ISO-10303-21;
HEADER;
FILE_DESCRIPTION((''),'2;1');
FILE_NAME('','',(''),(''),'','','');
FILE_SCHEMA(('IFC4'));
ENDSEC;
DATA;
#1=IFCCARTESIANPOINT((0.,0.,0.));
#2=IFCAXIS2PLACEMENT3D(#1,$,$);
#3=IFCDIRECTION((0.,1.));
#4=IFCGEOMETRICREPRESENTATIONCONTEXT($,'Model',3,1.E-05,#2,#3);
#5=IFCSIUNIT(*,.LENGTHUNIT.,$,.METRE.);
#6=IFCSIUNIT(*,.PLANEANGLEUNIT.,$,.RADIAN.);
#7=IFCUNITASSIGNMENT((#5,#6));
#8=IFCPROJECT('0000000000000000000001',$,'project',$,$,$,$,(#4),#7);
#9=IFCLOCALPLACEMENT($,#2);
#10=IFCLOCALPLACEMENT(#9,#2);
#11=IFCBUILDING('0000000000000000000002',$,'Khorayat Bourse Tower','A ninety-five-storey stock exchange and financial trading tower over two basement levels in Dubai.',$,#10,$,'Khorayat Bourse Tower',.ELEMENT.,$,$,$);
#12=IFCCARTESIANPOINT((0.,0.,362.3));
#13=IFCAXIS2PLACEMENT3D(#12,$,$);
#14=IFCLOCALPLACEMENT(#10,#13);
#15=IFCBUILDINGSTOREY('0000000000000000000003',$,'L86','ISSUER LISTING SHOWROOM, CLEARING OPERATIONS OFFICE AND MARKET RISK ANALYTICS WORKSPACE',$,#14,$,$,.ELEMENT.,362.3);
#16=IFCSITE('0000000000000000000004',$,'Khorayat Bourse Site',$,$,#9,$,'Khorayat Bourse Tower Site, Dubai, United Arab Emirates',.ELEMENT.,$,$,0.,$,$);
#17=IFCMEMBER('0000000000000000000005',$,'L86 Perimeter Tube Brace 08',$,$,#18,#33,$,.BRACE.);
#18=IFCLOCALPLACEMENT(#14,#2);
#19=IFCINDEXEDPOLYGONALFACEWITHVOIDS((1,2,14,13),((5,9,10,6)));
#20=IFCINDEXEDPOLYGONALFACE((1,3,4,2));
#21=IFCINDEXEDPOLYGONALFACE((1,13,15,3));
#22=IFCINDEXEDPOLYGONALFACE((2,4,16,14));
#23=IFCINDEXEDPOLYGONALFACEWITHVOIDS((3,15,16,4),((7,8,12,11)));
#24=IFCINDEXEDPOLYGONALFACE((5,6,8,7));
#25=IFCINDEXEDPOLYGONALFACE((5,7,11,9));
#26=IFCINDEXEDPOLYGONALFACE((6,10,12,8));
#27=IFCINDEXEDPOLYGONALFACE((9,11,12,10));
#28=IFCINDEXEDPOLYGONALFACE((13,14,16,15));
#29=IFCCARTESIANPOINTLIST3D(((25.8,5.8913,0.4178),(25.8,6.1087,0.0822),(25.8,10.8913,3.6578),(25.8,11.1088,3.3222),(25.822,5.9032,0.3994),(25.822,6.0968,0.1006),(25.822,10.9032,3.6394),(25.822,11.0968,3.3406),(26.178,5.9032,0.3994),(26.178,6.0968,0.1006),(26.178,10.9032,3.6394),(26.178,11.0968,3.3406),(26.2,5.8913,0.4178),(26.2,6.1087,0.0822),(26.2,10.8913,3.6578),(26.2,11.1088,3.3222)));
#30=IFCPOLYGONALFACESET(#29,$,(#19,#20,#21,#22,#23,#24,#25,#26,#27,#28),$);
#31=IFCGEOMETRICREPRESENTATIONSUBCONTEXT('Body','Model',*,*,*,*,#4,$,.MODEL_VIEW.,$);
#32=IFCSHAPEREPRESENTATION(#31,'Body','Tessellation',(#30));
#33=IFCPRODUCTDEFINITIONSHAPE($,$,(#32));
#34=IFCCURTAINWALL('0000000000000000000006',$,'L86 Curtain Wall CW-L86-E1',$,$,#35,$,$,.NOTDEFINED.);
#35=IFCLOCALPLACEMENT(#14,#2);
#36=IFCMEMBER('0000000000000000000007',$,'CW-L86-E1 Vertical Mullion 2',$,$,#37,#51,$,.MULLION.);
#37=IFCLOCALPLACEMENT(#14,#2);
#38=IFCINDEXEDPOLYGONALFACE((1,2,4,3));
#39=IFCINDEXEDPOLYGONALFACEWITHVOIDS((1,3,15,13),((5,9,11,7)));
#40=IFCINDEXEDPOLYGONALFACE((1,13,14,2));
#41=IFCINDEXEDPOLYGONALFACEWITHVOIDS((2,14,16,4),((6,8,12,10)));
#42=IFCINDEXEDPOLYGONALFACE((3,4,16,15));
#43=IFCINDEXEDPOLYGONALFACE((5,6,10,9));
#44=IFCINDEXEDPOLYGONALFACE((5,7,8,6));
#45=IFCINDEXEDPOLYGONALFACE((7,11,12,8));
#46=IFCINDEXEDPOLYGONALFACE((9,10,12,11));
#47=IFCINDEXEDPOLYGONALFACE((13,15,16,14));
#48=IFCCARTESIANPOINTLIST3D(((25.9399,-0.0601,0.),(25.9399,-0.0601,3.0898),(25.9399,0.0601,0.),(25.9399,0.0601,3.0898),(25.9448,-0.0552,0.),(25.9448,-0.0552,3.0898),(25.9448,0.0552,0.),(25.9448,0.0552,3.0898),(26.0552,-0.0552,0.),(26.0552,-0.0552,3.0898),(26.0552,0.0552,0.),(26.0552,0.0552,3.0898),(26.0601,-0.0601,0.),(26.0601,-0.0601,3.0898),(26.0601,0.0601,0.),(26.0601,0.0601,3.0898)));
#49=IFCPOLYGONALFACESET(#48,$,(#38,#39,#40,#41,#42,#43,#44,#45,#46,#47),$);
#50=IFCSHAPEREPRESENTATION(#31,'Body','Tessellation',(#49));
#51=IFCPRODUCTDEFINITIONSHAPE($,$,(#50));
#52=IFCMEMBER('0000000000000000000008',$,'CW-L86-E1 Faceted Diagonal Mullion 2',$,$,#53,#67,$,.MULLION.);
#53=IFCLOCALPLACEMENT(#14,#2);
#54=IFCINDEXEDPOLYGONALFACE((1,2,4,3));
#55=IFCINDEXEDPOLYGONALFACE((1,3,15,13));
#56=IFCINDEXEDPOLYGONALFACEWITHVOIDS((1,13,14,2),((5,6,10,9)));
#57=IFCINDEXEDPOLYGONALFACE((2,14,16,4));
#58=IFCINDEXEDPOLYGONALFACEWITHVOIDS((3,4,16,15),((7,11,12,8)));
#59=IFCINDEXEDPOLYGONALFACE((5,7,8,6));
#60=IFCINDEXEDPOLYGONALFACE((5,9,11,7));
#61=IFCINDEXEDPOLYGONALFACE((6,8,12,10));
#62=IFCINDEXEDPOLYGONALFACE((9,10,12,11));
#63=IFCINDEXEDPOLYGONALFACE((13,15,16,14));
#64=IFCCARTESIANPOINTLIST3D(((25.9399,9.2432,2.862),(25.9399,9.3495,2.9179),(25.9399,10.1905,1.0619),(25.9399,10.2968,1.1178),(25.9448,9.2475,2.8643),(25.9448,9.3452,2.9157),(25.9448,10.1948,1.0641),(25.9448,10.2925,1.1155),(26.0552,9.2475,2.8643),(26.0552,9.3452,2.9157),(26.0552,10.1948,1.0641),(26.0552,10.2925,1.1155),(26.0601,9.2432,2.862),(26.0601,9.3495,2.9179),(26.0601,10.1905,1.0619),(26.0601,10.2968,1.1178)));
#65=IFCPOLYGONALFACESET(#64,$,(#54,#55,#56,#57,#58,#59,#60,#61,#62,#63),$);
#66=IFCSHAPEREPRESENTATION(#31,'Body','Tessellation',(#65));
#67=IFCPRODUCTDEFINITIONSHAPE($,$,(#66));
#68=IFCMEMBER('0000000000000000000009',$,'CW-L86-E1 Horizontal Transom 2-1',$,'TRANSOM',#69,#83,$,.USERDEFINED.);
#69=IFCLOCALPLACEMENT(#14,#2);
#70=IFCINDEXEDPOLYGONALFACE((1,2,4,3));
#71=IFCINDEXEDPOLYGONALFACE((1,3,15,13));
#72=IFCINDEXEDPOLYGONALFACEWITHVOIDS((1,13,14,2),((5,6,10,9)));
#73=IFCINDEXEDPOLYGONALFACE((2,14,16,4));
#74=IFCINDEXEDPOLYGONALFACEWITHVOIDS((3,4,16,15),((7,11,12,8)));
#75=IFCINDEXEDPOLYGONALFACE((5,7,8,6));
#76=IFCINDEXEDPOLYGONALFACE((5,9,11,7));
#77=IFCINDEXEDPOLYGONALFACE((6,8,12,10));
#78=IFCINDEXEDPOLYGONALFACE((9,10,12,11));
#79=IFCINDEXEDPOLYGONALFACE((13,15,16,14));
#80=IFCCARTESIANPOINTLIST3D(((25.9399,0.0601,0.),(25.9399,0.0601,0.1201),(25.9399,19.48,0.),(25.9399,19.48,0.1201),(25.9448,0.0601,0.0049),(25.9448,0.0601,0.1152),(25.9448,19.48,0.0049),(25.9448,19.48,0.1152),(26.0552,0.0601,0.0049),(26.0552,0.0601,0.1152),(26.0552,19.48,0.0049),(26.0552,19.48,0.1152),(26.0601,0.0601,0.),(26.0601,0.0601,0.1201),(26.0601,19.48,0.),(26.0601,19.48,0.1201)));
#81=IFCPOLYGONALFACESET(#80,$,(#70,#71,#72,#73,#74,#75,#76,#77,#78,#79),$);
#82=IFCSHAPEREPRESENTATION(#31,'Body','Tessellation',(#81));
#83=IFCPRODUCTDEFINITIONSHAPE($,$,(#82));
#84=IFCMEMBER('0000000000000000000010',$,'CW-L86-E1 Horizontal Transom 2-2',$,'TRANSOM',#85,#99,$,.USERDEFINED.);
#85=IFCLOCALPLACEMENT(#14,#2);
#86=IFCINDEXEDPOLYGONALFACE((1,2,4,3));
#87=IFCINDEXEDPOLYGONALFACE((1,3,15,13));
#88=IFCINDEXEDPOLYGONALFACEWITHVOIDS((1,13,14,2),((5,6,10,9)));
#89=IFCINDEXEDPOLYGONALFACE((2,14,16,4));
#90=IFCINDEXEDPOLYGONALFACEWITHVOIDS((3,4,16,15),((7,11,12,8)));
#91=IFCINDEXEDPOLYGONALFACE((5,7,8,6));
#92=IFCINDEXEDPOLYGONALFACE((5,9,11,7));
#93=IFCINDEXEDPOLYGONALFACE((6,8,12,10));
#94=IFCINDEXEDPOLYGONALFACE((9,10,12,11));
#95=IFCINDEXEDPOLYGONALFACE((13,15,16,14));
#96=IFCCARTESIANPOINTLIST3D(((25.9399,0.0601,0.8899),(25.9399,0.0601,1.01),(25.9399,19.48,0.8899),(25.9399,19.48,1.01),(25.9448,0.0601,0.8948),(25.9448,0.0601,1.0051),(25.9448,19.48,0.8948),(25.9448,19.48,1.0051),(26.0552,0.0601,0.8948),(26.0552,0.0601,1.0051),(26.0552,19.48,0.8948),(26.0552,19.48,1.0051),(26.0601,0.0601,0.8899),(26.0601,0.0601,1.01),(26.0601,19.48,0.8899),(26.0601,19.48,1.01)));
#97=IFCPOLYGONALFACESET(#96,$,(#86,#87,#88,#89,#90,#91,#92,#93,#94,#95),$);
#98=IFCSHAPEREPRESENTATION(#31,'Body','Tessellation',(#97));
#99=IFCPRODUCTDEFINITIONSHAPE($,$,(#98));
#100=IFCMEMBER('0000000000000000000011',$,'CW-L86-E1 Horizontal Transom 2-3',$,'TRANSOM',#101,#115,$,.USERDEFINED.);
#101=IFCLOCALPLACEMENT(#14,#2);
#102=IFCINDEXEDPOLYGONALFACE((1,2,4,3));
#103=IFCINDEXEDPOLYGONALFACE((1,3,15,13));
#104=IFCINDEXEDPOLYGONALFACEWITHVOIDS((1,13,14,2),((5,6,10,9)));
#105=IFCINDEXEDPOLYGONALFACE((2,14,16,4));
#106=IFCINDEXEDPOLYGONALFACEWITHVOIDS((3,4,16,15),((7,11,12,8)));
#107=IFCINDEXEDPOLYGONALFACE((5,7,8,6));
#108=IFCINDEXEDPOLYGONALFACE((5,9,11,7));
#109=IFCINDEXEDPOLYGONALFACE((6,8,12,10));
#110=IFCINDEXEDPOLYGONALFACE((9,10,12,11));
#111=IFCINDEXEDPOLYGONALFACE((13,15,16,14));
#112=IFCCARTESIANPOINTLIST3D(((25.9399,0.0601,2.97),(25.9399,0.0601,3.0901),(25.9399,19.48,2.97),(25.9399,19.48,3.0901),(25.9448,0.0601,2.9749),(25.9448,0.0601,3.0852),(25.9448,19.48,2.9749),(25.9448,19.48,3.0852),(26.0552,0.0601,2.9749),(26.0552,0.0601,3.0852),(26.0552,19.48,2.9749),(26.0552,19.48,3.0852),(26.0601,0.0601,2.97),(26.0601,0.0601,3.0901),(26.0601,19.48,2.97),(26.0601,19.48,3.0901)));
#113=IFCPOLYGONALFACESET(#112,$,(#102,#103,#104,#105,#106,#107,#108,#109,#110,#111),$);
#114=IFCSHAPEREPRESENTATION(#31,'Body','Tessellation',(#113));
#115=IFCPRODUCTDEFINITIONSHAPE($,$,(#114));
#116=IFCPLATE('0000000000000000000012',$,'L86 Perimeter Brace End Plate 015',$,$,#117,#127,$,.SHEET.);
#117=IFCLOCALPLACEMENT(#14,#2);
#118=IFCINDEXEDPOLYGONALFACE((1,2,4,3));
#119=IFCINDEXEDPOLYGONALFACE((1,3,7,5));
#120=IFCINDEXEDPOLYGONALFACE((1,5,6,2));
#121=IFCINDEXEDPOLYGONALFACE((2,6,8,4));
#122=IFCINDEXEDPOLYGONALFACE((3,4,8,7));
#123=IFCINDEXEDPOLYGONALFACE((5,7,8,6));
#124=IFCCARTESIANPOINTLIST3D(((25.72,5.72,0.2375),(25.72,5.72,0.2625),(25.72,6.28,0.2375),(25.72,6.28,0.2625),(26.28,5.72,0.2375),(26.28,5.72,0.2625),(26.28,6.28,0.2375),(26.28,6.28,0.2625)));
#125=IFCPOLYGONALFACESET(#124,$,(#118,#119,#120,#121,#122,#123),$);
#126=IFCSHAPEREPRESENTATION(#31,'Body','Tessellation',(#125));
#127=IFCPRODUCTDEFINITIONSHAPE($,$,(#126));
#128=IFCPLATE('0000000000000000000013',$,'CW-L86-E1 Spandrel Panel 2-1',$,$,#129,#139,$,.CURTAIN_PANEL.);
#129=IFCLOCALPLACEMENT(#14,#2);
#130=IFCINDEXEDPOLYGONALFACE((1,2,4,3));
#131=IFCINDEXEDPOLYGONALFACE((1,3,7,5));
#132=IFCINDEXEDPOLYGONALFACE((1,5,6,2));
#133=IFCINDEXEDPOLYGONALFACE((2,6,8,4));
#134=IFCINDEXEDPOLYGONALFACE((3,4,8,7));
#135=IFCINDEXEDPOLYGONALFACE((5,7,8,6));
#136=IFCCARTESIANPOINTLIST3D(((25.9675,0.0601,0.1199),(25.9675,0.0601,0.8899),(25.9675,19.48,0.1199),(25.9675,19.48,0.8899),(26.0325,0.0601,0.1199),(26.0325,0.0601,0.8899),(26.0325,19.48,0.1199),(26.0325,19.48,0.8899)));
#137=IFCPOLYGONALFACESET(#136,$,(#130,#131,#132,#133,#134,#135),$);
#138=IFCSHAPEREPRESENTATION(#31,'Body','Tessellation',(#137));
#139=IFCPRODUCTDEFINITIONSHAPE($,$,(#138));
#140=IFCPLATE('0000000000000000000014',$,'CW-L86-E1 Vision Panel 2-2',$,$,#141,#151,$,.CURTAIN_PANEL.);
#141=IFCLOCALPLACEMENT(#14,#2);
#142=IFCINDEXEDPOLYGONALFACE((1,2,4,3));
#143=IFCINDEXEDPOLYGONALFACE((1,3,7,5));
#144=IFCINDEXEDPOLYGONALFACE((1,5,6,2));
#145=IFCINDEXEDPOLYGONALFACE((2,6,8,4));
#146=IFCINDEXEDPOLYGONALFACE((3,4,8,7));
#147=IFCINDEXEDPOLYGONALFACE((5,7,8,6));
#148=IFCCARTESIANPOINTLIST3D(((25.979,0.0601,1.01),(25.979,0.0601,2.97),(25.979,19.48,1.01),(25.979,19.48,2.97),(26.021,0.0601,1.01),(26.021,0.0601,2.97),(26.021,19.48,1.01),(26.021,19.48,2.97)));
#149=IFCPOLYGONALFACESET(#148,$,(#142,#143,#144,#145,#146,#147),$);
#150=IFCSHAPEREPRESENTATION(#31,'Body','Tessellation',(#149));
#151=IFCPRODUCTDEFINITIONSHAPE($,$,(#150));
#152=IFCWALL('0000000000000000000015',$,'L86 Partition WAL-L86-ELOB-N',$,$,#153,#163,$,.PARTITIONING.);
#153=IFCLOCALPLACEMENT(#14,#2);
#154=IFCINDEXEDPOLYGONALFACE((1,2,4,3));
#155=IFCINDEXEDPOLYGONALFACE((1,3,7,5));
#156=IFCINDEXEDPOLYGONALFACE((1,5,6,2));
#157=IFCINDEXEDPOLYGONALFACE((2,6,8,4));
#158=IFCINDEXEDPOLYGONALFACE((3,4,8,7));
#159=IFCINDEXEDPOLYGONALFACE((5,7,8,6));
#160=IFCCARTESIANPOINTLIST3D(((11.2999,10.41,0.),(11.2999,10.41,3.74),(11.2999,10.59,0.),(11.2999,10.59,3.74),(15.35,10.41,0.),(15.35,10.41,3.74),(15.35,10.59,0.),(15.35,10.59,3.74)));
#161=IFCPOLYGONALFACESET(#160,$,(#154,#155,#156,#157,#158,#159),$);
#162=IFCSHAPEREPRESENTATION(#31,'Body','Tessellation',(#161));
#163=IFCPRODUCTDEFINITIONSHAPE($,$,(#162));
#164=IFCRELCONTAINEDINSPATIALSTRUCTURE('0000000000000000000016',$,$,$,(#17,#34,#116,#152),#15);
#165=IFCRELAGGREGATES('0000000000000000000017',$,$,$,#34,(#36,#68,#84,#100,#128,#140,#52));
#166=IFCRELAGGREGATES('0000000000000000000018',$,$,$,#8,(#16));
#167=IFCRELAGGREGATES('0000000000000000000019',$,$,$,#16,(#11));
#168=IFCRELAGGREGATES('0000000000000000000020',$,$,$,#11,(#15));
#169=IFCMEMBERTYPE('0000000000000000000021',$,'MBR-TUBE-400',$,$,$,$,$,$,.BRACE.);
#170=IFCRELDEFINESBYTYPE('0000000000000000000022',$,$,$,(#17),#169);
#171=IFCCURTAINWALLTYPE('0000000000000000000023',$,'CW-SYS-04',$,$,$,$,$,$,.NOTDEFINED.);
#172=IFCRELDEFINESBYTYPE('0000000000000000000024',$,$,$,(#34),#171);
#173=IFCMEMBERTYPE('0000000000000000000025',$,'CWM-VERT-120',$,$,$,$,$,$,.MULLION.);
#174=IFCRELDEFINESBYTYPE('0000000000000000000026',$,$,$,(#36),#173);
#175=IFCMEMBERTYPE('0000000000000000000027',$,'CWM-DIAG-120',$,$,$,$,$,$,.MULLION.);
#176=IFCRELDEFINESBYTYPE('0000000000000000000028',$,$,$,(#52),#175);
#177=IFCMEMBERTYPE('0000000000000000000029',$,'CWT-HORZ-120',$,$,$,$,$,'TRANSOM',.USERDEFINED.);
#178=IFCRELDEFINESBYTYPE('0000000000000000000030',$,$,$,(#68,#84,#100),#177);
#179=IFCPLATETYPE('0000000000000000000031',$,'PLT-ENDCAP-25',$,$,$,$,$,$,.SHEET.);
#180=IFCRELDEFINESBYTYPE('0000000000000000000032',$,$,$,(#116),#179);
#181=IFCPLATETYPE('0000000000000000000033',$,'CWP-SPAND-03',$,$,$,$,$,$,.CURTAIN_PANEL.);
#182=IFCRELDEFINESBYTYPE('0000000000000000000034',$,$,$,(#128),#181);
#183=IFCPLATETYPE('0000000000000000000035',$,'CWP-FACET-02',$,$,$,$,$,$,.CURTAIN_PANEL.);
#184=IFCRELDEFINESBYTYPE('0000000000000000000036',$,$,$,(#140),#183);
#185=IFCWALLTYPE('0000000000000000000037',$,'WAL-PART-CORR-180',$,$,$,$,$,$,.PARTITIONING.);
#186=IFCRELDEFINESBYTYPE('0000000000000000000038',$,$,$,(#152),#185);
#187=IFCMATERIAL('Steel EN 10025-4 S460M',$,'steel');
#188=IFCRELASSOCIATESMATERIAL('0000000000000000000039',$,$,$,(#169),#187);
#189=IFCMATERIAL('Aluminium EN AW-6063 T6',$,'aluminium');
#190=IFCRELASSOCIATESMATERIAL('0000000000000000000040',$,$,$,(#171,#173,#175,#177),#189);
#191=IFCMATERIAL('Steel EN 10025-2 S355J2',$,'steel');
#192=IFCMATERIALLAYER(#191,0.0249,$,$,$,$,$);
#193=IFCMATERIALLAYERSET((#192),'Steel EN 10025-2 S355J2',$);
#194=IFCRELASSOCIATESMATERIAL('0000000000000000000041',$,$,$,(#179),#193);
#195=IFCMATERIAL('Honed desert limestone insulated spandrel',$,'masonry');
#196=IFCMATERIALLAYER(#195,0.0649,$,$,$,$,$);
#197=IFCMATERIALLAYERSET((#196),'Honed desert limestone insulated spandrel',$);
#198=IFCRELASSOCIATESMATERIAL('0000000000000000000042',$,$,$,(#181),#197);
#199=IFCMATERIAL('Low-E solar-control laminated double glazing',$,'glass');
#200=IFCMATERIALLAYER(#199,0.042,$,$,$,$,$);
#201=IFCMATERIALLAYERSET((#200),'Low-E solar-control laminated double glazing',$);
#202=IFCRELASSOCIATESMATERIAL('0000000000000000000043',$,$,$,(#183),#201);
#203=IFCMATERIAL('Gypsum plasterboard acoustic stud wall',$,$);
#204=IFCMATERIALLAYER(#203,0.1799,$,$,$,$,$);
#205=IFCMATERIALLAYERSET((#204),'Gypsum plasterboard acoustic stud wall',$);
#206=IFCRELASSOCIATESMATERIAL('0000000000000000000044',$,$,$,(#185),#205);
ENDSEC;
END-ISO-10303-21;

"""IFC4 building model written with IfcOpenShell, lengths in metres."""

from ifc_helpers import new_model, si_unit, direction, frame, frame_2d, origin, origin_2d, place, context, subcontext, project, spatial, rectangle, hollow_rectangle, extrude, source, transform, mapped, material, layer, layer_set, material_profile, profile_set, type_object, element, aggregate, save


model = new_model("IFC4")

# Units and contexts
model_context = context("Model", 3, precision=1e-05, world=origin(), true_north=direction((0.0, 1.0)))
body_context = subcontext(model_context, "Body", "Model", "MODEL_VIEW")
ifc_project = project(units=[si_unit("LENGTHUNIT", "METRE"), si_unit("PLANEANGLEUNIT", "RADIAN")], contexts=[model_context])

# Site, building, storey
site_placement = place(None, origin())
site = spatial("IfcSite", under=ifc_project, at=site_placement, Name="Khorayat Bourse Site", LongName="Khorayat Bourse Tower Site, Dubai, United Arab Emirates", CompositionType="ELEMENT", RefElevation=0.0)
building_placement = place(site_placement, origin())
building = spatial("IfcBuilding", under=site, at=building_placement, Name="Khorayat Bourse Tower", Description="A ninety-five-storey stock exchange and financial trading tower over two basement levels in Dubai.", LongName="Khorayat Bourse Tower", CompositionType="ELEMENT")
storey_placement = place(building_placement, frame((0.0, 0.0, 362.3)))
storey = spatial("IfcBuildingStorey", under=building, at=storey_placement, Name="L86", Description="ISSUER LISTING SHOWROOM, CLEARING OPERATIONS OFFICE AND MARKET RISK ANALYTICS WORKSPACE", CompositionType="ELEMENT", Elevation=362.3)

# Shared definitions
ifc_material_1 = material(Name="Steel EN 10025-2 S355J2", Category="steel")

# Member
ifc_material_2 = material(Name="Steel EN 10025-4 S460M", Category="steel")
ifc_material_profile_1 = material_profile(ifc_material_2, hollow_rectangle(XDim=0.3999, YDim=0.3999, WallThickness=0.022, at=origin_2d()), Name="HSS 400x400x22")
ifc_profile_set_1 = profile_set([ifc_material_profile_1], Name="Steel EN 10025-4 S460M")
member_type_1 = type_object("IfcMemberType", Name="MBR-TUBE-400", PredefinedType="BRACE", material=ifc_profile_set_1)
shared_shape_1 = source(origin(), body_context, "Body", "SweptSolid", [
    extrude(hollow_rectangle(XDim=0.3999, YDim=0.3999, WallThickness=0.022, at=origin_2d()), origin(), (0.0, 0.0, 1.0), 5.958),
])
member_1_placement = place(storey_placement, frame((26.0, 6.0, 0.25), z_axis=(0.0, 0.83921, 0.543807), x_axis=(-1.0, 0.0, 0.0)))
element("IfcMember", 1, at=member_1_placement, inside=storey, type_object=member_type_1, Name="L86 Perimeter Tube Brace 08", PredefinedType="BRACE", context=body_context, shape_type="MappedRepresentation", body=[
    mapped(shared_shape_1, transform((0.0, 0.0, 0.0), scale=1.0)),
])

# Curtain wall, members
ifc_material_3 = material(Name="Aluminium EN AW-6063 T6", Category="aluminium")
curtain_wall_type = type_object("IfcCurtainWallType", Name="CW-SYS-04", PredefinedType="NOTDEFINED", material=ifc_material_3)
curtain_wall_placement = place(storey_placement, origin())
curtain_wall = element("IfcCurtainWall", 2, at=curtain_wall_placement, inside=storey, type_object=curtain_wall_type, Name="L86 Curtain Wall CW-L86-E1", PredefinedType="NOTDEFINED")
ifc_material_profile_2 = material_profile(ifc_material_3, hollow_rectangle(XDim=0.1201, YDim=0.1201, WallThickness=0.0049, at=origin_2d()), Name="ALU 120x120x5")
ifc_profile_set_2 = profile_set([ifc_material_profile_2], Name="Aluminium EN AW-6063 T6")
member_type_2 = type_object("IfcMemberType", Name="CWM-VERT-120", PredefinedType="MULLION", material=ifc_profile_set_2)
shared_shape_2 = source(origin(), body_context, "Body", "SweptSolid", [
    extrude(hollow_rectangle(XDim=0.1201, YDim=0.1201, WallThickness=0.0049, at=origin_2d()), origin(), (0.0, 0.0, 1.0), 3.0898),
])
member_2_placement = place(storey_placement, frame((26.0, 0.0, 0.0), z_axis=(0.0, 0.0, 1.0), x_axis=(-1.0, 0.0, 0.0)))
member_2 = element("IfcMember", 3, at=member_2_placement, type_object=member_type_2, Name="CW-L86-E1 Vertical Mullion 2", PredefinedType="MULLION", context=body_context, shape_type="MappedRepresentation", body=[
    mapped(shared_shape_2, transform((0.0, 0.0, 0.0), scale=1.0)),
])
ifc_material_profile_3 = material_profile(ifc_material_3, hollow_rectangle(XDim=0.1201, YDim=0.1201, WallThickness=0.0049, at=origin_2d()), Name="ALU 120x120x5")
ifc_profile_set_3 = profile_set([ifc_material_profile_3], Name="Aluminium EN AW-6063 T6")
member_type_3 = type_object("IfcMemberType", Name="CWM-DIAG-120", PredefinedType="MULLION", material=ifc_profile_set_3)
shared_shape_3 = source(origin(), body_context, "Body", "SweptSolid", [
    extrude(hollow_rectangle(XDim=0.1201, YDim=0.1201, WallThickness=0.0049, at=origin_2d()), origin(), (0.0, 0.0, 1.0), 2.0342),
])
member_3_placement = place(storey_placement, frame((26.0, 10.2437, 1.0898), z_axis=(0.0, -0.465697, 0.884944), x_axis=(1.0, 0.0, 0.0)))
member_3 = element("IfcMember", 4, at=member_3_placement, type_object=member_type_3, Name="CW-L86-E1 Faceted Diagonal Mullion 2", PredefinedType="MULLION", context=body_context, shape_type="MappedRepresentation", body=[
    mapped(shared_shape_3, transform((0.0, 0.0, 0.0), scale=1.0)),
])
ifc_material_profile_4 = material_profile(ifc_material_3, hollow_rectangle(XDim=0.1201, YDim=0.1201, WallThickness=0.0049, at=origin_2d()), Name="ALU 120x120x5")
ifc_profile_set_4 = profile_set([ifc_material_profile_4], Name="Aluminium EN AW-6063 T6")
member_type_4 = type_object("IfcMemberType", Name="CWT-HORZ-120", ElementType="TRANSOM", PredefinedType="USERDEFINED", material=ifc_profile_set_4)
shared_shape_4 = source(origin(), body_context, "Body", "SweptSolid", [
    extrude(hollow_rectangle(XDim=0.1201, YDim=0.1201, WallThickness=0.0049, at=origin_2d()), origin(), (0.0, 0.0, 1.0), 19.4199),
])
member_4_placement = place(storey_placement, frame((26.0, 0.0601, 0.0601), z_axis=(0.0, 1.0, 0.0), x_axis=(-1.0, 0.0, 0.0)))
member_4 = element("IfcMember", 5, at=member_4_placement, type_object=member_type_4, Name="CW-L86-E1 Horizontal Transom 2-1", ObjectType="TRANSOM", PredefinedType="USERDEFINED", context=body_context, shape_type="MappedRepresentation", body=[
    mapped(shared_shape_4, transform((0.0, 0.0, 0.0), scale=1.0)),
])
member_5_placement = place(storey_placement, frame((26.0, 0.0601, 0.95), z_axis=(0.0, 1.0, 0.0), x_axis=(-1.0, 0.0, 0.0)))
member_5 = element("IfcMember", 6, at=member_5_placement, type_object=member_type_4, Name="CW-L86-E1 Horizontal Transom 2-2", ObjectType="TRANSOM", PredefinedType="USERDEFINED", context=body_context, shape_type="MappedRepresentation", body=[
    mapped(shared_shape_4, transform((0.0, 0.0, 0.0), scale=1.0)),
])
member_6_placement = place(storey_placement, frame((26.0, 0.0601, 3.03), z_axis=(0.0, 1.0, 0.0), x_axis=(-1.0, 0.0, 0.0)))
member_6 = element("IfcMember", 7, at=member_6_placement, type_object=member_type_4, Name="CW-L86-E1 Horizontal Transom 2-3", ObjectType="TRANSOM", PredefinedType="USERDEFINED", context=body_context, shape_type="MappedRepresentation", body=[
    mapped(shared_shape_4, transform((0.0, 0.0, 0.0), scale=1.0)),
])

# Plates
ifc_layer_1 = layer(ifc_material_1, 0.0249)
ifc_layer_set_1 = layer_set([ifc_layer_1], Name="Steel EN 10025-2 S355J2")
plate_type_1 = type_object("IfcPlateType", Name="PLT-ENDCAP-25", PredefinedType="SHEET", material=ifc_layer_set_1)
shared_shape_5 = source(origin(), body_context, "Body", "SweptSolid", [
    extrude(rectangle(XDim=0.5601, YDim=0.5601, at=origin_2d()), origin(), (0.0, 0.0, 1.0), 0.0249),
])
plate_1_placement = place(storey_placement, frame((26.0, 6.0, 0.2375), z_axis=(0.0, 0.0, 1.0), x_axis=(1.0, 0.0, 0.0)))
element("IfcPlate", 8, at=plate_1_placement, inside=storey, type_object=plate_type_1, Name="L86 Perimeter Brace End Plate 015", PredefinedType="SHEET", context=body_context, shape_type="MappedRepresentation", body=[
    mapped(shared_shape_5, transform((0.0, 0.0, 0.0), scale=1.0)),
])
ifc_material_4 = material(Name="Honed desert limestone insulated spandrel", Category="masonry")
ifc_layer_2 = layer(ifc_material_4, 0.0649)
ifc_layer_set_2 = layer_set([ifc_layer_2], Name="Honed desert limestone insulated spandrel")
plate_type_2 = type_object("IfcPlateType", Name="CWP-SPAND-03", PredefinedType="CURTAIN_PANEL", material=ifc_layer_set_2)
shared_shape_6 = source(origin(), body_context, "Body", "SweptSolid", [
    extrude(rectangle(XDim=19.4199, YDim=0.0649, at=origin_2d()), origin(), (0.0, 0.0, 1.0), 0.77),
])
plate_2_placement = place(storey_placement, frame((26.0, 9.77, 0.1199), z_axis=(0.0, 0.0, 1.0), x_axis=(0.0, 1.0, 0.0)))
plate_2 = element("IfcPlate", 9, at=plate_2_placement, type_object=plate_type_2, Name="CW-L86-E1 Spandrel Panel 2-1", PredefinedType="CURTAIN_PANEL", context=body_context, shape_type="MappedRepresentation", body=[
    mapped(shared_shape_6, transform((0.0, 0.0, 0.0), scale=1.0)),
])
ifc_material_5 = material(Name="Low-E solar-control laminated double glazing", Category="glass")
ifc_layer_3 = layer(ifc_material_5, 0.042)
ifc_layer_set_3 = layer_set([ifc_layer_3], Name="Low-E solar-control laminated double glazing")
plate_type_3 = type_object("IfcPlateType", Name="CWP-FACET-02", PredefinedType="CURTAIN_PANEL", material=ifc_layer_set_3)
shared_shape_7 = source(origin(), body_context, "Body", "SweptSolid", [
    extrude(rectangle(XDim=19.4199, YDim=0.042, at=origin_2d()), origin(), (0.0, 0.0, 1.0), 1.96),
])
plate_3_placement = place(storey_placement, frame((26.0, 9.77, 1.01), z_axis=(0.0, 0.0, 1.0), x_axis=(0.0, 1.0, 0.0)))
plate_3 = element("IfcPlate", 10, at=plate_3_placement, type_object=plate_type_3, Name="CW-L86-E1 Vision Panel 2-2", PredefinedType="CURTAIN_PANEL", context=body_context, shape_type="MappedRepresentation", body=[
    mapped(shared_shape_7, transform((0.0, 0.0, 0.0), scale=1.0)),
])
aggregate(curtain_wall, [member_2, member_4, member_5, member_6, plate_2, plate_3, member_3])

# Wall
ifc_material_6 = material(Name="Gypsum plasterboard acoustic stud wall")
ifc_layer_4 = layer(ifc_material_6, 0.1799)
ifc_layer_set_4 = layer_set([ifc_layer_4], Name="Gypsum plasterboard acoustic stud wall")
wall_type_1 = type_object("IfcWallType", Name="WAL-PART-CORR-180", PredefinedType="PARTITIONING", material=ifc_layer_set_4)
shared_shape_8 = source(origin(), body_context, "Body", "SweptSolid", [
    extrude(rectangle(XDim=4.05, YDim=0.1799, at=frame_2d((2.0249, 0.0))), origin(), (0.0, 0.0, 1.0), 3.74),
])
wall_1_placement = place(storey_placement, frame((11.3, 10.5, 0.0), z_axis=(0.0, 0.0, 1.0), x_axis=(1.0, 0.0, 0.0)))
element("IfcWall", 11, at=wall_1_placement, inside=storey, type_object=wall_type_1, Name="L86 Partition WAL-L86-ELOB-N", PredefinedType="PARTITIONING", context=body_context, shape_type="MappedRepresentation", body=[
    mapped(shared_shape_8, transform((0.0, 0.0, 0.0), scale=1.0)),
])

save(model, "model.ifc")
